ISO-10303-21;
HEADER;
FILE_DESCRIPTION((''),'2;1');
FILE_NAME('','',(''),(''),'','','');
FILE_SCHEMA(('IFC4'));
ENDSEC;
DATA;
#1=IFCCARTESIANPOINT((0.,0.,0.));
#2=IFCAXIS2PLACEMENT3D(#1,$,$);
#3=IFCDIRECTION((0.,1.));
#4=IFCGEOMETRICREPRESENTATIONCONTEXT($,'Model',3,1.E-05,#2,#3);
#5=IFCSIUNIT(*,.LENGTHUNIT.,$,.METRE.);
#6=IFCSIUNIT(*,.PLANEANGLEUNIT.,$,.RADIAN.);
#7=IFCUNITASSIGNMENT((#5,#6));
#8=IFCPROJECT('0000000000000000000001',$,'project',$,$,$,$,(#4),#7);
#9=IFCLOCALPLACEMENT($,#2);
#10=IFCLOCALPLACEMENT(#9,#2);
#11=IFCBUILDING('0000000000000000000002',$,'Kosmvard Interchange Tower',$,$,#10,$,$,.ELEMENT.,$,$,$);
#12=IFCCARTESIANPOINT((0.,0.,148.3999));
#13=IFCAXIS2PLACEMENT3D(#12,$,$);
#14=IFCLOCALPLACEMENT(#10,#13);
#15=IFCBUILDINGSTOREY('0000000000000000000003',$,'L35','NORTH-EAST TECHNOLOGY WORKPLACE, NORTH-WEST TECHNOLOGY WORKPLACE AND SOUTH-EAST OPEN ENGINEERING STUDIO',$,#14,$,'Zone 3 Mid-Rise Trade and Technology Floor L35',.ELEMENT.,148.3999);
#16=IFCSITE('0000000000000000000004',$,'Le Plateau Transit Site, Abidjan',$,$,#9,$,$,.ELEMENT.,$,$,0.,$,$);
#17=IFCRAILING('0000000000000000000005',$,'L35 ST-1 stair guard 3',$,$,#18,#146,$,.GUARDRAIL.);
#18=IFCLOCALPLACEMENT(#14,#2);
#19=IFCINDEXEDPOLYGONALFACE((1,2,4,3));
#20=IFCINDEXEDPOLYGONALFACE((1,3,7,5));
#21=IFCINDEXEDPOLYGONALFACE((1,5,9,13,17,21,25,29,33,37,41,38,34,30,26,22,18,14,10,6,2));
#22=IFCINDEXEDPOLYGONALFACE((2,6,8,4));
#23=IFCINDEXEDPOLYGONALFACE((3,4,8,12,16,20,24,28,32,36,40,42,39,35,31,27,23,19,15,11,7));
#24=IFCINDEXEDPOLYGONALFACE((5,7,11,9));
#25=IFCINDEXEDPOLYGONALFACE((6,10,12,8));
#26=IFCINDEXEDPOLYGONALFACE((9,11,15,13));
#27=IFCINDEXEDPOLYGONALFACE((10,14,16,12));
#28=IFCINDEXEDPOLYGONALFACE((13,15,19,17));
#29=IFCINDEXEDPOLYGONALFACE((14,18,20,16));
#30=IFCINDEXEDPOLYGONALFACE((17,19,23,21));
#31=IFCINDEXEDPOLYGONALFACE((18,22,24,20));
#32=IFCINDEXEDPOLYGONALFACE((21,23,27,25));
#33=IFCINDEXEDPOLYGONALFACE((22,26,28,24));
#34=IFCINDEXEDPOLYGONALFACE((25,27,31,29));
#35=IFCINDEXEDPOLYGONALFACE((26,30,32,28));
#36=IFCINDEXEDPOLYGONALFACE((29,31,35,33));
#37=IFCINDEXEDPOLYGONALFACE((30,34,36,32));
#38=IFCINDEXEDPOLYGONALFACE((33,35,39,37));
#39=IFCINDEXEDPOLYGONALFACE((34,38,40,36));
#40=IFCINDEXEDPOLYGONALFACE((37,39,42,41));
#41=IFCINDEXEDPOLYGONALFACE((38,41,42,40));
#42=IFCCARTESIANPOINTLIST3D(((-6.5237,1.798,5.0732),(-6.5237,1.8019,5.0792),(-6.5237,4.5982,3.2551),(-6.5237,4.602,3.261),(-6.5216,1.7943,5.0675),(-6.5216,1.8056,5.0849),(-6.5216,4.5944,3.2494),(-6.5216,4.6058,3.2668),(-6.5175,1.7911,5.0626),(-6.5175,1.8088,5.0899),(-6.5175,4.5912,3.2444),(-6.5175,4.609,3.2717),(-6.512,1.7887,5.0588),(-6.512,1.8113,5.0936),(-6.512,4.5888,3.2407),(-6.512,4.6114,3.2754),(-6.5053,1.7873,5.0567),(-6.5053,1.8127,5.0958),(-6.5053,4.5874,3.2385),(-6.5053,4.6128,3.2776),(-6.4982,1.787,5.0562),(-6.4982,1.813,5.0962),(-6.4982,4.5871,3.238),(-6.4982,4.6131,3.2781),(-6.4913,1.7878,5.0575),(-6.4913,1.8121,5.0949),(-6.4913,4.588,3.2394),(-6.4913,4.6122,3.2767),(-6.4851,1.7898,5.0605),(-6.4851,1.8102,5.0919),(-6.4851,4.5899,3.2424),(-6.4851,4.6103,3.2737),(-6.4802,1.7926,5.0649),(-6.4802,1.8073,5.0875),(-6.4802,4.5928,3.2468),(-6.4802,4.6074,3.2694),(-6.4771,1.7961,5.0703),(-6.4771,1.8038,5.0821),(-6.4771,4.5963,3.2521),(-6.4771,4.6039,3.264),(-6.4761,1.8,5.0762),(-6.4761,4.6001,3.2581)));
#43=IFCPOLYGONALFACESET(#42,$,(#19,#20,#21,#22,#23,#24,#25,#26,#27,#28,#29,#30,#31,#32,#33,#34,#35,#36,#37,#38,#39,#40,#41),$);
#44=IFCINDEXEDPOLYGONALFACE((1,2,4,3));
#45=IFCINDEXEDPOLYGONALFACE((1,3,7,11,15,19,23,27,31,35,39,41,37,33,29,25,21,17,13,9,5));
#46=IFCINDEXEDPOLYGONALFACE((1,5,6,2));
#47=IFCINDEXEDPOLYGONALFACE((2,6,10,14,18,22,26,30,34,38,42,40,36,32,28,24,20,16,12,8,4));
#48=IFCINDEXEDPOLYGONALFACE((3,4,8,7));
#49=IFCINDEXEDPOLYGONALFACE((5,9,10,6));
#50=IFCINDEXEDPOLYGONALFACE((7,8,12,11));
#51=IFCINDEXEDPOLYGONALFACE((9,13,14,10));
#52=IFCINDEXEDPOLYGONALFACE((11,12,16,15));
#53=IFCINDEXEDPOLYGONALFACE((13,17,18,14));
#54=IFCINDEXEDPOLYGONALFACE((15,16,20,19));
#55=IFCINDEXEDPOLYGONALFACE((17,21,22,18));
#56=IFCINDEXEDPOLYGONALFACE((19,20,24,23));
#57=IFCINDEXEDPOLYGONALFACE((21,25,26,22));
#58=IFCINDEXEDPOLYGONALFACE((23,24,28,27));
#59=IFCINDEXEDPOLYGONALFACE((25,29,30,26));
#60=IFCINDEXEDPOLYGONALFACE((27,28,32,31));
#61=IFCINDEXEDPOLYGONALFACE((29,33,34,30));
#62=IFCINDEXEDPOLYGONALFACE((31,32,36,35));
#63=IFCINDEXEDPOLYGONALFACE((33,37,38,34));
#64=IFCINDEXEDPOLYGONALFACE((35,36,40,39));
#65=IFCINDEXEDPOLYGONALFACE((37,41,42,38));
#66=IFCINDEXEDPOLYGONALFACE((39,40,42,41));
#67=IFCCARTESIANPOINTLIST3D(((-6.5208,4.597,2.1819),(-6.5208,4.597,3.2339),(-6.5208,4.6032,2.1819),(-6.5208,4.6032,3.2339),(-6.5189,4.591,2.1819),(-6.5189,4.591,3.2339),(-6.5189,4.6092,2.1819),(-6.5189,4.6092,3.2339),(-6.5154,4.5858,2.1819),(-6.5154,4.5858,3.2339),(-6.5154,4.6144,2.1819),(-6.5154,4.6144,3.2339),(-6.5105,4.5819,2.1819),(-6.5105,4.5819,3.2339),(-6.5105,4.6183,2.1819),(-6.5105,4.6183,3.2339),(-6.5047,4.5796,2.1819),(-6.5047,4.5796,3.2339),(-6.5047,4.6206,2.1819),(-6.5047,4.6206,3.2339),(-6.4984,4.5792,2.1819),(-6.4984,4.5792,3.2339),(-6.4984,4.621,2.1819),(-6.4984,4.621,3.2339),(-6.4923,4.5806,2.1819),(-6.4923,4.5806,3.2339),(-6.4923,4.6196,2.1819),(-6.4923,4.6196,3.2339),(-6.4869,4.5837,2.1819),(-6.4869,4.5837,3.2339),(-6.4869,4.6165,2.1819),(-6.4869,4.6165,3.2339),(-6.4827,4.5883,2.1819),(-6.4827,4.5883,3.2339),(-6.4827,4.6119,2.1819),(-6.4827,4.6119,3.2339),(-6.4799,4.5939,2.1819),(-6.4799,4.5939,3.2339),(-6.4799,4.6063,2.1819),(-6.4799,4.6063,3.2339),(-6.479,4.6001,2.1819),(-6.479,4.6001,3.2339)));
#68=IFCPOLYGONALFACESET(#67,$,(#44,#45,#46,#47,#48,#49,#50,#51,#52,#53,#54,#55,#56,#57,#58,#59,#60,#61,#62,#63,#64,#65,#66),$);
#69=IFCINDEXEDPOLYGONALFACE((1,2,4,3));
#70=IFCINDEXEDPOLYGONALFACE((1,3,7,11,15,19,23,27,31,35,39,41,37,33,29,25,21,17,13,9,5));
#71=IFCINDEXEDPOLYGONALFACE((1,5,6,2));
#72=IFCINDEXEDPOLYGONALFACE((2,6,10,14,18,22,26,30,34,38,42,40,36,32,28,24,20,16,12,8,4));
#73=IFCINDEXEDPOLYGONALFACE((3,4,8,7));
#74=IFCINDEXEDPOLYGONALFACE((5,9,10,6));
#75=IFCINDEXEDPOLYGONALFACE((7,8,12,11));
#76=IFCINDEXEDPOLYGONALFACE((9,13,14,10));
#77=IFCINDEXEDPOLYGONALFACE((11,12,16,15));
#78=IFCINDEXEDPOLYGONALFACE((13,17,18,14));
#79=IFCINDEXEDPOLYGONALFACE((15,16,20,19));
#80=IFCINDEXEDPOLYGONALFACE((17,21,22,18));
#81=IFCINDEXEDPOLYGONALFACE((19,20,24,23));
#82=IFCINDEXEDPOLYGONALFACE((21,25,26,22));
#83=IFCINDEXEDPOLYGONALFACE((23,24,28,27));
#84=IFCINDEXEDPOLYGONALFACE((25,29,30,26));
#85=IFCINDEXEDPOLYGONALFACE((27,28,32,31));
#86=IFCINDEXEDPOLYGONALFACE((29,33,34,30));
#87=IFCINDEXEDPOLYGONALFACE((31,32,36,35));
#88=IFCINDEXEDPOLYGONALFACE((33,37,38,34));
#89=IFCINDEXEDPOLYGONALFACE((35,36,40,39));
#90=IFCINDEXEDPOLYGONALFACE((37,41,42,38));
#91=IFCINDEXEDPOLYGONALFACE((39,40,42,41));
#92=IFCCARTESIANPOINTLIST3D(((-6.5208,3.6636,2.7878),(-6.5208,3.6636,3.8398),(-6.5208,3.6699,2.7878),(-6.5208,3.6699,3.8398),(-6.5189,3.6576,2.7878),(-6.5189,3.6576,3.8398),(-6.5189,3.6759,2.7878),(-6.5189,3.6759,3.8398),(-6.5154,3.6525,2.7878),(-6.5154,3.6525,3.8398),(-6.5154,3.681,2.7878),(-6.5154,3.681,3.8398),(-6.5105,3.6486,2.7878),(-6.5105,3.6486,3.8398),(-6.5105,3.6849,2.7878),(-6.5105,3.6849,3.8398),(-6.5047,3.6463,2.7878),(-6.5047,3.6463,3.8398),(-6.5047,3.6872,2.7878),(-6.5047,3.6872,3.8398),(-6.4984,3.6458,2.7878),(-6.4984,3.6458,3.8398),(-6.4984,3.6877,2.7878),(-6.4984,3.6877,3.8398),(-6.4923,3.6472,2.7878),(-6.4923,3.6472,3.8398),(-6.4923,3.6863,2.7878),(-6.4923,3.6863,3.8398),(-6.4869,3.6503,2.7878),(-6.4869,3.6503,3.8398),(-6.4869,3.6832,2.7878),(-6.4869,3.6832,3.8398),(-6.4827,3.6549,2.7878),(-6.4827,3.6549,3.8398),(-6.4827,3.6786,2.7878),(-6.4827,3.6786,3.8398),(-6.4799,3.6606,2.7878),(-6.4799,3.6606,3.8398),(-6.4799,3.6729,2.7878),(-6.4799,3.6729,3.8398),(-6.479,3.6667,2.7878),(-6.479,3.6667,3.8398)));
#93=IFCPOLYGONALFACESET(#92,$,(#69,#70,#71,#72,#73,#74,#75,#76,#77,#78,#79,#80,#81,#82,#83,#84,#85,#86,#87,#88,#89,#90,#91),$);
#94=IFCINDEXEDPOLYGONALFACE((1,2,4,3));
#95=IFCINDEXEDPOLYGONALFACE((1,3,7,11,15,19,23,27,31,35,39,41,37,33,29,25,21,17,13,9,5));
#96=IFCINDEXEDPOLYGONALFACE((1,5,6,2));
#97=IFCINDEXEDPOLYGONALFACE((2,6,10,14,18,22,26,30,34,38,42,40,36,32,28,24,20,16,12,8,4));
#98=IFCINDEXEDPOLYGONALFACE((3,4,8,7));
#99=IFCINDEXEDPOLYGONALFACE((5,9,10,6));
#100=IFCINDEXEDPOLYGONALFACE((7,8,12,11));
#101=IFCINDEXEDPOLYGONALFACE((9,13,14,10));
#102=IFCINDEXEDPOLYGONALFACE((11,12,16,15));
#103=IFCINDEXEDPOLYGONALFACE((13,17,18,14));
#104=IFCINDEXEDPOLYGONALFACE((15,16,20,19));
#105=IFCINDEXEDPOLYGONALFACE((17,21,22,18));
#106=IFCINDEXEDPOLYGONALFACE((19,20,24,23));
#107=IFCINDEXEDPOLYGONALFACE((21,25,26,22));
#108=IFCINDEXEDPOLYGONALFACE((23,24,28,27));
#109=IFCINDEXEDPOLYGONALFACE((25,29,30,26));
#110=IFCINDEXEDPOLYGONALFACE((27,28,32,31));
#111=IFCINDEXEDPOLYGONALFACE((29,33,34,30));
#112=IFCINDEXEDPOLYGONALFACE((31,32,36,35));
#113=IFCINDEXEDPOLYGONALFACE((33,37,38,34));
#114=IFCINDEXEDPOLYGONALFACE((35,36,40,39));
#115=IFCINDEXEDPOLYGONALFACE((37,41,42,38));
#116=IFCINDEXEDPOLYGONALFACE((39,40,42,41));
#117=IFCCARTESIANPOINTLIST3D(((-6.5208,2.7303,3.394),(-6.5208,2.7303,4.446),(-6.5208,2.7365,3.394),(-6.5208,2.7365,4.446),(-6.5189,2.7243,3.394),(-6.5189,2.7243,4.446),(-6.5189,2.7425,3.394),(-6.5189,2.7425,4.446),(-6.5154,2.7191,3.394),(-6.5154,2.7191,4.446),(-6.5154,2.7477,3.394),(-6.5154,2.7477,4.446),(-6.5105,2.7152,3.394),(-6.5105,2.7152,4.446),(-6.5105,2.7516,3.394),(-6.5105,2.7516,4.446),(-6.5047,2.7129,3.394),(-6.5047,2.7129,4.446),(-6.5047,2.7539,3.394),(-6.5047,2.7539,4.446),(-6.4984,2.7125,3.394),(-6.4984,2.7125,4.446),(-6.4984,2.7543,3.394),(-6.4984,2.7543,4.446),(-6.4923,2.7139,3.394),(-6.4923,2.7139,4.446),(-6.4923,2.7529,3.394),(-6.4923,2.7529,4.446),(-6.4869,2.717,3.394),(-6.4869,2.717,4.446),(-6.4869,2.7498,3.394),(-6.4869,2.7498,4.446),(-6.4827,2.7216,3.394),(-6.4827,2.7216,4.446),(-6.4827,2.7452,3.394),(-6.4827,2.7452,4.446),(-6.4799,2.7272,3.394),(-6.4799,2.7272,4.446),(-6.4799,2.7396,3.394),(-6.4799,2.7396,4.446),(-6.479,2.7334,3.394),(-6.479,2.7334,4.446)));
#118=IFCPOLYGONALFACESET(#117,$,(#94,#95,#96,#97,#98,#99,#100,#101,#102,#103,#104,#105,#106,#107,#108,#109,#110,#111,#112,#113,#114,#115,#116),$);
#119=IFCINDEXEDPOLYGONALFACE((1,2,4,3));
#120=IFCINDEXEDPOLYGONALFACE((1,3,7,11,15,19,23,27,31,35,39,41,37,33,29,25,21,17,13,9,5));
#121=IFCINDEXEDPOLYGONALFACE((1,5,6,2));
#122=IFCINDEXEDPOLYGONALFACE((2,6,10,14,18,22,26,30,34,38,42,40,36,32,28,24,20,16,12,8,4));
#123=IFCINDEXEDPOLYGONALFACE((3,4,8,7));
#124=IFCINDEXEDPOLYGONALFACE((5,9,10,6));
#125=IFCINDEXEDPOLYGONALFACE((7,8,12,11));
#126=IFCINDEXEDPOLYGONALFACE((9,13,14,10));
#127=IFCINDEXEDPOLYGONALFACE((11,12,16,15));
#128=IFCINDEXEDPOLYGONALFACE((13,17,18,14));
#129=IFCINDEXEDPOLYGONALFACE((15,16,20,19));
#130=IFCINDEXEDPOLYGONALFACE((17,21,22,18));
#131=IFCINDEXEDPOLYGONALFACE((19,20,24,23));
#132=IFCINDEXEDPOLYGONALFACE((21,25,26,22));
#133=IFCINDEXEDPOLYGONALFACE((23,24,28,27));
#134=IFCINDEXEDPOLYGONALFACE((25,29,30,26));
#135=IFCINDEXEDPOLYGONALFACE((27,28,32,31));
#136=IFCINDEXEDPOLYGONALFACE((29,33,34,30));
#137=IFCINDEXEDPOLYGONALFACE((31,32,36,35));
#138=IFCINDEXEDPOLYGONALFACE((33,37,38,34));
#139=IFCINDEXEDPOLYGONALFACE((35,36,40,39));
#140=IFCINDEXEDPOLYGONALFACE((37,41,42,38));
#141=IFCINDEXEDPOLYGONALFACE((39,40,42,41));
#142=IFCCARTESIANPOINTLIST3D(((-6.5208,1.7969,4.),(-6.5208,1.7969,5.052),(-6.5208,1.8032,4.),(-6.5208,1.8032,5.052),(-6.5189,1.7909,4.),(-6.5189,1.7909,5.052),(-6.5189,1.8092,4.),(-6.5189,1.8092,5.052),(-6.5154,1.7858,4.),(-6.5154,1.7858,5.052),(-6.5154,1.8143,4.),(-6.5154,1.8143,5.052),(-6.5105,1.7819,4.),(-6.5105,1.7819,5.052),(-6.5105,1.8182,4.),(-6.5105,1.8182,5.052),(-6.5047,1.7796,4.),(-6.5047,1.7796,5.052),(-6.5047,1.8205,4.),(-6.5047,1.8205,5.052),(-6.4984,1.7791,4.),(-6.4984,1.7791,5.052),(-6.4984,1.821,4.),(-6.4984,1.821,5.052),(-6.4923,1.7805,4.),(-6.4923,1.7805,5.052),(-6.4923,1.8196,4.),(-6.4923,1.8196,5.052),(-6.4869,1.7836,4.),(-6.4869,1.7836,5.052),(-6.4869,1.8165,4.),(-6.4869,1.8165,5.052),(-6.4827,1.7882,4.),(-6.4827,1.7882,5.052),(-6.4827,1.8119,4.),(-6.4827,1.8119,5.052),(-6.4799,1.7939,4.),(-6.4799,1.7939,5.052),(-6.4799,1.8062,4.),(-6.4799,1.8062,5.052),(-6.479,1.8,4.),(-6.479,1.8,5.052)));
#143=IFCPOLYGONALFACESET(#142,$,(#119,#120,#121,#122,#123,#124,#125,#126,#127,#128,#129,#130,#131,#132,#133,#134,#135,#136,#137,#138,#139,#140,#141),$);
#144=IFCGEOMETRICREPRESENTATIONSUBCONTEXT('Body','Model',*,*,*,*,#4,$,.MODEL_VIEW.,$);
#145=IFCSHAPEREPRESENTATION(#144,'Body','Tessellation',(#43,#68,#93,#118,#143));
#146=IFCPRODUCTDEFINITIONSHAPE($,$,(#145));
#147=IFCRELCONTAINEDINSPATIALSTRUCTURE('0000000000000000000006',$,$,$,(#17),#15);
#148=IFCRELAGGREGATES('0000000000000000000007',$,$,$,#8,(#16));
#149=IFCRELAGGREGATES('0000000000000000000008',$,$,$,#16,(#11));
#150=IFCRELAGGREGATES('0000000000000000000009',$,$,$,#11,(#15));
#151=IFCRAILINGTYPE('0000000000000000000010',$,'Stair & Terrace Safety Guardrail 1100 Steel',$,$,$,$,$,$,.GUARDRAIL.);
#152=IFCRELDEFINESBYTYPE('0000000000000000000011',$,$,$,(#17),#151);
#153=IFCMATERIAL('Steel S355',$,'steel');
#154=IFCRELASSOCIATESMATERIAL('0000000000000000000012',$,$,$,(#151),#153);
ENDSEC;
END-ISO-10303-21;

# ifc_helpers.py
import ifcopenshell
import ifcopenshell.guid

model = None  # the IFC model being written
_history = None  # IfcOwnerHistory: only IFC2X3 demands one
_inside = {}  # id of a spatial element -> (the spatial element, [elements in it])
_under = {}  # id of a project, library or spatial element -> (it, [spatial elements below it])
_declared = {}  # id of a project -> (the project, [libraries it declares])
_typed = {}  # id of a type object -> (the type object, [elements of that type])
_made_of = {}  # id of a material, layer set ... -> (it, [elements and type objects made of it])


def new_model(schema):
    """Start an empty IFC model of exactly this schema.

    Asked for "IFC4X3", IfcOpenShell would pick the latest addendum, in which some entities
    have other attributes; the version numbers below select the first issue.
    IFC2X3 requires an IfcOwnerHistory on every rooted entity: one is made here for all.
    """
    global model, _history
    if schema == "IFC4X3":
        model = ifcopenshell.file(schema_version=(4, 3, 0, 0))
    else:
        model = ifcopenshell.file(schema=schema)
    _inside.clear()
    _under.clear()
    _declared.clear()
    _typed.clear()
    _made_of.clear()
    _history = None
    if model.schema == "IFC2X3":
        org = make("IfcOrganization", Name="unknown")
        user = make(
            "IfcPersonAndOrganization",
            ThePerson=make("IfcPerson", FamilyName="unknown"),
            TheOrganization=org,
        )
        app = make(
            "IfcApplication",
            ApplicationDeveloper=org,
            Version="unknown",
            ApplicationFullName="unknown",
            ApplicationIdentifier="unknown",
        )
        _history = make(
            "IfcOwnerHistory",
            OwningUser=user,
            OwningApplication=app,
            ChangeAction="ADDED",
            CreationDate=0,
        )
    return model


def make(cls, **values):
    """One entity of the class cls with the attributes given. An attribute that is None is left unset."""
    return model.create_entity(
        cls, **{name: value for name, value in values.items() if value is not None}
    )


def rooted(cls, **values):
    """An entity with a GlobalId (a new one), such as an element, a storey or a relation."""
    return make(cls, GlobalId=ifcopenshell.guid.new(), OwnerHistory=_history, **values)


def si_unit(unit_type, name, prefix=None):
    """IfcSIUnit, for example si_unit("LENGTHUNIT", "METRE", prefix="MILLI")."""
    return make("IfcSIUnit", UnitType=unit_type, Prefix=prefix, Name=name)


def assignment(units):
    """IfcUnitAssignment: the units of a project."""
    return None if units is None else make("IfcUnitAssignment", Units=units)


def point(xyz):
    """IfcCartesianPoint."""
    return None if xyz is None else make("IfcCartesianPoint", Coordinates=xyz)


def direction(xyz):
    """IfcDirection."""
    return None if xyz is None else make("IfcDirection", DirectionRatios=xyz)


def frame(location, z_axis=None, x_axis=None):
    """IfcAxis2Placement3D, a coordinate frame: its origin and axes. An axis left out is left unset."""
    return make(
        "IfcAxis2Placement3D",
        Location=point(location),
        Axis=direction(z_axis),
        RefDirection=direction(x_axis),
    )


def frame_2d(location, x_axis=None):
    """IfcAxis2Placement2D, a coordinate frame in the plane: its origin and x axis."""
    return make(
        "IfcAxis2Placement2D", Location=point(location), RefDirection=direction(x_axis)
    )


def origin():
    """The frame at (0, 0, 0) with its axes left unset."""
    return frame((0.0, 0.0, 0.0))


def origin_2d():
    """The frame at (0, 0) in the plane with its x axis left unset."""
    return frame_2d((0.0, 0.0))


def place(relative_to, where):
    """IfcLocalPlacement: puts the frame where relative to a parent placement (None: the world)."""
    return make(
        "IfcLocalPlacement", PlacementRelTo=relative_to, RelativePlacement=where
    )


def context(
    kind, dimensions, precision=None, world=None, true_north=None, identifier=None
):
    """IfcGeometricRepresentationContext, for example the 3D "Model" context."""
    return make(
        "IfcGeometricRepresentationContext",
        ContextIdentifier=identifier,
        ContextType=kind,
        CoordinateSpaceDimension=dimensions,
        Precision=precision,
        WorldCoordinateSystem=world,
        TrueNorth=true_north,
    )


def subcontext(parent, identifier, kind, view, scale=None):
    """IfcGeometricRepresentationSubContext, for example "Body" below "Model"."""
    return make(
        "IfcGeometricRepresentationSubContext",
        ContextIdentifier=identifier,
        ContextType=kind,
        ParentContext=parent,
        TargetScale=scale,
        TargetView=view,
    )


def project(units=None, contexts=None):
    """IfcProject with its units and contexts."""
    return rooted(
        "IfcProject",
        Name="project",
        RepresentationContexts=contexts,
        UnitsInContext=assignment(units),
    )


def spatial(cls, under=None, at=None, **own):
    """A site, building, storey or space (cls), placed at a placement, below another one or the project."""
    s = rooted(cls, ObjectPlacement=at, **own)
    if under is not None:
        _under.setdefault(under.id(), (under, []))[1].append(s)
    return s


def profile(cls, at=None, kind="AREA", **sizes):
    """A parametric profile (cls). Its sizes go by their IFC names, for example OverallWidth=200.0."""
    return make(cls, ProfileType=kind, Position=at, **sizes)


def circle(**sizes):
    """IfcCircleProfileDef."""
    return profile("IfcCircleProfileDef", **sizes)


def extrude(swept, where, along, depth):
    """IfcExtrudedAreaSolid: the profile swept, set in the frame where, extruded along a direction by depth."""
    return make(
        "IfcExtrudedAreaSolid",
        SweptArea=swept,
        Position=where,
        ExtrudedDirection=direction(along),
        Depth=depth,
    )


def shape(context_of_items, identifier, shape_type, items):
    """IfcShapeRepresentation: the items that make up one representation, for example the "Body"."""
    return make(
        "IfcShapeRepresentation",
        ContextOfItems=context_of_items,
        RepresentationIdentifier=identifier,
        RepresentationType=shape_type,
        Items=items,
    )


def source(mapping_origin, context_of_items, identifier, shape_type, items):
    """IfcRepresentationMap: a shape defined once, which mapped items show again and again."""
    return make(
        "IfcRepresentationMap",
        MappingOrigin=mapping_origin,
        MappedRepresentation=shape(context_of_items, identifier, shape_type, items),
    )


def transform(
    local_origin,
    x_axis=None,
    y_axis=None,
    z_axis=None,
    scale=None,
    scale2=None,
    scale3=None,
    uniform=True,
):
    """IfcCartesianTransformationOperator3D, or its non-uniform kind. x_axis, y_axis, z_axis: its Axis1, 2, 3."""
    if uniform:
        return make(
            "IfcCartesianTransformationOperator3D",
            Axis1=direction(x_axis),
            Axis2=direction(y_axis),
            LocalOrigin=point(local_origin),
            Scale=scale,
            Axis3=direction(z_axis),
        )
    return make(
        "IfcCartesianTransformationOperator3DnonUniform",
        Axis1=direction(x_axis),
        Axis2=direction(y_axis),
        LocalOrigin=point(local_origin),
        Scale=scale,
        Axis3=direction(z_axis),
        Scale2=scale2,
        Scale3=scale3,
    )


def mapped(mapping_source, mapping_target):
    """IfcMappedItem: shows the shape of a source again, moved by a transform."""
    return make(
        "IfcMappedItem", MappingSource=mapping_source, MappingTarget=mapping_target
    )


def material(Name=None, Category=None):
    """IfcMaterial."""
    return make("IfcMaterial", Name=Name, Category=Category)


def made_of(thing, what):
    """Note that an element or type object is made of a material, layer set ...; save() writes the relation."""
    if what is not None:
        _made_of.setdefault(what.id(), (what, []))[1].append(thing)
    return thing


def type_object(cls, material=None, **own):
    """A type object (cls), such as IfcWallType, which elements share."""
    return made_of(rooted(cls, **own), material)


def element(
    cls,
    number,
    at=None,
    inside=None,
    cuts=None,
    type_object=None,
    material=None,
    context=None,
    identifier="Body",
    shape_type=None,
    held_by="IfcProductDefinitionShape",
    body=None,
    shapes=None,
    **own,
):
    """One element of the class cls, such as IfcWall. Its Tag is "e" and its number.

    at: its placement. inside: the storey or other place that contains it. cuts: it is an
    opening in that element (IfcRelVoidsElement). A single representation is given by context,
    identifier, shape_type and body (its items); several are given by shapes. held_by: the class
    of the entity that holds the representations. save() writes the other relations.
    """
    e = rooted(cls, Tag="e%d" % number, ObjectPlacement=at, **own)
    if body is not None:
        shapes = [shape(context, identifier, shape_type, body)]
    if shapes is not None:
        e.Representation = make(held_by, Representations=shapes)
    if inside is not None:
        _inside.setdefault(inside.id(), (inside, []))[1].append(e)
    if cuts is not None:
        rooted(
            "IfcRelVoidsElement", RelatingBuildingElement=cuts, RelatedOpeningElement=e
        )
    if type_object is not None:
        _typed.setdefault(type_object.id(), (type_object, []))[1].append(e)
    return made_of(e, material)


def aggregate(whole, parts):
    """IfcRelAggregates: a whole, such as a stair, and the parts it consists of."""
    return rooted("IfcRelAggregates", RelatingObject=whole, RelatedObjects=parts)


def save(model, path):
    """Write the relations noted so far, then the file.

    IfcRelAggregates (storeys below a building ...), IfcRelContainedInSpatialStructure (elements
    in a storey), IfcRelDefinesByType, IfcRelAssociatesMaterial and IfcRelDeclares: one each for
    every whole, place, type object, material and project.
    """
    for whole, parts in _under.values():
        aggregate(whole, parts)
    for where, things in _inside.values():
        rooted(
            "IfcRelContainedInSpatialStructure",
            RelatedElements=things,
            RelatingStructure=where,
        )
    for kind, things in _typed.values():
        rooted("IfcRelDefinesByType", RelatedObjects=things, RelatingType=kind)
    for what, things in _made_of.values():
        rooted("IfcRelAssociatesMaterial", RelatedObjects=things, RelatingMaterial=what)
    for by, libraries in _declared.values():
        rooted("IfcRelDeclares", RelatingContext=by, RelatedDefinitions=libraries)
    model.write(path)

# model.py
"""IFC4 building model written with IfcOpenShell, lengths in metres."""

from ifc_helpers import new_model, si_unit, direction, frame, origin, origin_2d, place, context, subcontext, project, spatial, circle, extrude, source, transform, mapped, material, type_object, element, save


model = new_model("IFC4")

# Units and contexts
model_context = context("Model", 3, precision=1e-05, world=origin(), true_north=direction((0.0, 1.0)))
body_context = subcontext(model_context, "Body", "Model", "MODEL_VIEW")
ifc_project = project(units=[si_unit("LENGTHUNIT", "METRE"), si_unit("PLANEANGLEUNIT", "RADIAN")], contexts=[model_context])

# Site, building, storey
site_placement = place(None, origin())
site = spatial("IfcSite", under=ifc_project, at=site_placement, Name="Le Plateau Transit Site, Abidjan", CompositionType="ELEMENT", RefElevation=0.0)
building_placement = place(site_placement, origin())
building = spatial("IfcBuilding", under=site, at=building_placement, Name="Kosmvard Interchange Tower", CompositionType="ELEMENT")
storey_placement = place(building_placement, frame((0.0, 0.0, 148.3999)))
storey = spatial("IfcBuildingStorey", under=building, at=storey_placement, Name="L35", Description="NORTH-EAST TECHNOLOGY WORKPLACE, NORTH-WEST TECHNOLOGY WORKPLACE AND SOUTH-EAST OPEN ENGINEERING STUDIO", LongName="Zone 3 Mid-Rise Trade and Technology Floor L35", CompositionType="ELEMENT", Elevation=148.3999)

# Shared definitions
ifc_material_1 = material(Name="Steel S355", Category="steel")

# Railing
railing_type_1 = type_object("IfcRailingType", Name="Stair & Terrace Safety Guardrail 1100 Steel", PredefinedType="GUARDRAIL", material=ifc_material_1)
shared_shape_1 = source(origin(), body_context, "Body", "SweptSolid", [
    extrude(circle(Radius=0.0239, at=origin_2d()), frame((0.0, 0.0, 1.0762), z_axis=(0.0, -0.838706, 0.544585), x_axis=(1.0, 0.0, 0.0)), (0.0, 0.0, 1.0), 3.3386),
    extrude(circle(Radius=0.021, at=origin_2d()), origin(), (0.0, 0.0, 1.0), 1.052),
    extrude(circle(Radius=0.021, at=origin_2d()), frame((0.0, -0.9333, 0.606)), (0.0, 0.0, 1.0), 1.052),
    extrude(circle(Radius=0.021, at=origin_2d()), frame((0.0, -1.8667, 1.2122)), (0.0, 0.0, 1.0), 1.052),
    extrude(circle(Radius=0.021, at=origin_2d()), frame((0.0, -2.8, 1.8181)), (0.0, 0.0, 1.0), 1.052),
])
railing_1_placement = place(storey_placement, frame((-6.5, 4.6001, 2.1819)))
element("IfcRailing", 1, at=railing_1_placement, inside=storey, type_object=railing_type_1, Name="L35 ST-1 stair guard 3", PredefinedType="GUARDRAIL", context=body_context, shape_type="MappedRepresentation", body=[
    mapped(shared_shape_1, transform((0.0, 0.0, 0.0), scale=1.0)),
])

save(model, "model.ifc")
